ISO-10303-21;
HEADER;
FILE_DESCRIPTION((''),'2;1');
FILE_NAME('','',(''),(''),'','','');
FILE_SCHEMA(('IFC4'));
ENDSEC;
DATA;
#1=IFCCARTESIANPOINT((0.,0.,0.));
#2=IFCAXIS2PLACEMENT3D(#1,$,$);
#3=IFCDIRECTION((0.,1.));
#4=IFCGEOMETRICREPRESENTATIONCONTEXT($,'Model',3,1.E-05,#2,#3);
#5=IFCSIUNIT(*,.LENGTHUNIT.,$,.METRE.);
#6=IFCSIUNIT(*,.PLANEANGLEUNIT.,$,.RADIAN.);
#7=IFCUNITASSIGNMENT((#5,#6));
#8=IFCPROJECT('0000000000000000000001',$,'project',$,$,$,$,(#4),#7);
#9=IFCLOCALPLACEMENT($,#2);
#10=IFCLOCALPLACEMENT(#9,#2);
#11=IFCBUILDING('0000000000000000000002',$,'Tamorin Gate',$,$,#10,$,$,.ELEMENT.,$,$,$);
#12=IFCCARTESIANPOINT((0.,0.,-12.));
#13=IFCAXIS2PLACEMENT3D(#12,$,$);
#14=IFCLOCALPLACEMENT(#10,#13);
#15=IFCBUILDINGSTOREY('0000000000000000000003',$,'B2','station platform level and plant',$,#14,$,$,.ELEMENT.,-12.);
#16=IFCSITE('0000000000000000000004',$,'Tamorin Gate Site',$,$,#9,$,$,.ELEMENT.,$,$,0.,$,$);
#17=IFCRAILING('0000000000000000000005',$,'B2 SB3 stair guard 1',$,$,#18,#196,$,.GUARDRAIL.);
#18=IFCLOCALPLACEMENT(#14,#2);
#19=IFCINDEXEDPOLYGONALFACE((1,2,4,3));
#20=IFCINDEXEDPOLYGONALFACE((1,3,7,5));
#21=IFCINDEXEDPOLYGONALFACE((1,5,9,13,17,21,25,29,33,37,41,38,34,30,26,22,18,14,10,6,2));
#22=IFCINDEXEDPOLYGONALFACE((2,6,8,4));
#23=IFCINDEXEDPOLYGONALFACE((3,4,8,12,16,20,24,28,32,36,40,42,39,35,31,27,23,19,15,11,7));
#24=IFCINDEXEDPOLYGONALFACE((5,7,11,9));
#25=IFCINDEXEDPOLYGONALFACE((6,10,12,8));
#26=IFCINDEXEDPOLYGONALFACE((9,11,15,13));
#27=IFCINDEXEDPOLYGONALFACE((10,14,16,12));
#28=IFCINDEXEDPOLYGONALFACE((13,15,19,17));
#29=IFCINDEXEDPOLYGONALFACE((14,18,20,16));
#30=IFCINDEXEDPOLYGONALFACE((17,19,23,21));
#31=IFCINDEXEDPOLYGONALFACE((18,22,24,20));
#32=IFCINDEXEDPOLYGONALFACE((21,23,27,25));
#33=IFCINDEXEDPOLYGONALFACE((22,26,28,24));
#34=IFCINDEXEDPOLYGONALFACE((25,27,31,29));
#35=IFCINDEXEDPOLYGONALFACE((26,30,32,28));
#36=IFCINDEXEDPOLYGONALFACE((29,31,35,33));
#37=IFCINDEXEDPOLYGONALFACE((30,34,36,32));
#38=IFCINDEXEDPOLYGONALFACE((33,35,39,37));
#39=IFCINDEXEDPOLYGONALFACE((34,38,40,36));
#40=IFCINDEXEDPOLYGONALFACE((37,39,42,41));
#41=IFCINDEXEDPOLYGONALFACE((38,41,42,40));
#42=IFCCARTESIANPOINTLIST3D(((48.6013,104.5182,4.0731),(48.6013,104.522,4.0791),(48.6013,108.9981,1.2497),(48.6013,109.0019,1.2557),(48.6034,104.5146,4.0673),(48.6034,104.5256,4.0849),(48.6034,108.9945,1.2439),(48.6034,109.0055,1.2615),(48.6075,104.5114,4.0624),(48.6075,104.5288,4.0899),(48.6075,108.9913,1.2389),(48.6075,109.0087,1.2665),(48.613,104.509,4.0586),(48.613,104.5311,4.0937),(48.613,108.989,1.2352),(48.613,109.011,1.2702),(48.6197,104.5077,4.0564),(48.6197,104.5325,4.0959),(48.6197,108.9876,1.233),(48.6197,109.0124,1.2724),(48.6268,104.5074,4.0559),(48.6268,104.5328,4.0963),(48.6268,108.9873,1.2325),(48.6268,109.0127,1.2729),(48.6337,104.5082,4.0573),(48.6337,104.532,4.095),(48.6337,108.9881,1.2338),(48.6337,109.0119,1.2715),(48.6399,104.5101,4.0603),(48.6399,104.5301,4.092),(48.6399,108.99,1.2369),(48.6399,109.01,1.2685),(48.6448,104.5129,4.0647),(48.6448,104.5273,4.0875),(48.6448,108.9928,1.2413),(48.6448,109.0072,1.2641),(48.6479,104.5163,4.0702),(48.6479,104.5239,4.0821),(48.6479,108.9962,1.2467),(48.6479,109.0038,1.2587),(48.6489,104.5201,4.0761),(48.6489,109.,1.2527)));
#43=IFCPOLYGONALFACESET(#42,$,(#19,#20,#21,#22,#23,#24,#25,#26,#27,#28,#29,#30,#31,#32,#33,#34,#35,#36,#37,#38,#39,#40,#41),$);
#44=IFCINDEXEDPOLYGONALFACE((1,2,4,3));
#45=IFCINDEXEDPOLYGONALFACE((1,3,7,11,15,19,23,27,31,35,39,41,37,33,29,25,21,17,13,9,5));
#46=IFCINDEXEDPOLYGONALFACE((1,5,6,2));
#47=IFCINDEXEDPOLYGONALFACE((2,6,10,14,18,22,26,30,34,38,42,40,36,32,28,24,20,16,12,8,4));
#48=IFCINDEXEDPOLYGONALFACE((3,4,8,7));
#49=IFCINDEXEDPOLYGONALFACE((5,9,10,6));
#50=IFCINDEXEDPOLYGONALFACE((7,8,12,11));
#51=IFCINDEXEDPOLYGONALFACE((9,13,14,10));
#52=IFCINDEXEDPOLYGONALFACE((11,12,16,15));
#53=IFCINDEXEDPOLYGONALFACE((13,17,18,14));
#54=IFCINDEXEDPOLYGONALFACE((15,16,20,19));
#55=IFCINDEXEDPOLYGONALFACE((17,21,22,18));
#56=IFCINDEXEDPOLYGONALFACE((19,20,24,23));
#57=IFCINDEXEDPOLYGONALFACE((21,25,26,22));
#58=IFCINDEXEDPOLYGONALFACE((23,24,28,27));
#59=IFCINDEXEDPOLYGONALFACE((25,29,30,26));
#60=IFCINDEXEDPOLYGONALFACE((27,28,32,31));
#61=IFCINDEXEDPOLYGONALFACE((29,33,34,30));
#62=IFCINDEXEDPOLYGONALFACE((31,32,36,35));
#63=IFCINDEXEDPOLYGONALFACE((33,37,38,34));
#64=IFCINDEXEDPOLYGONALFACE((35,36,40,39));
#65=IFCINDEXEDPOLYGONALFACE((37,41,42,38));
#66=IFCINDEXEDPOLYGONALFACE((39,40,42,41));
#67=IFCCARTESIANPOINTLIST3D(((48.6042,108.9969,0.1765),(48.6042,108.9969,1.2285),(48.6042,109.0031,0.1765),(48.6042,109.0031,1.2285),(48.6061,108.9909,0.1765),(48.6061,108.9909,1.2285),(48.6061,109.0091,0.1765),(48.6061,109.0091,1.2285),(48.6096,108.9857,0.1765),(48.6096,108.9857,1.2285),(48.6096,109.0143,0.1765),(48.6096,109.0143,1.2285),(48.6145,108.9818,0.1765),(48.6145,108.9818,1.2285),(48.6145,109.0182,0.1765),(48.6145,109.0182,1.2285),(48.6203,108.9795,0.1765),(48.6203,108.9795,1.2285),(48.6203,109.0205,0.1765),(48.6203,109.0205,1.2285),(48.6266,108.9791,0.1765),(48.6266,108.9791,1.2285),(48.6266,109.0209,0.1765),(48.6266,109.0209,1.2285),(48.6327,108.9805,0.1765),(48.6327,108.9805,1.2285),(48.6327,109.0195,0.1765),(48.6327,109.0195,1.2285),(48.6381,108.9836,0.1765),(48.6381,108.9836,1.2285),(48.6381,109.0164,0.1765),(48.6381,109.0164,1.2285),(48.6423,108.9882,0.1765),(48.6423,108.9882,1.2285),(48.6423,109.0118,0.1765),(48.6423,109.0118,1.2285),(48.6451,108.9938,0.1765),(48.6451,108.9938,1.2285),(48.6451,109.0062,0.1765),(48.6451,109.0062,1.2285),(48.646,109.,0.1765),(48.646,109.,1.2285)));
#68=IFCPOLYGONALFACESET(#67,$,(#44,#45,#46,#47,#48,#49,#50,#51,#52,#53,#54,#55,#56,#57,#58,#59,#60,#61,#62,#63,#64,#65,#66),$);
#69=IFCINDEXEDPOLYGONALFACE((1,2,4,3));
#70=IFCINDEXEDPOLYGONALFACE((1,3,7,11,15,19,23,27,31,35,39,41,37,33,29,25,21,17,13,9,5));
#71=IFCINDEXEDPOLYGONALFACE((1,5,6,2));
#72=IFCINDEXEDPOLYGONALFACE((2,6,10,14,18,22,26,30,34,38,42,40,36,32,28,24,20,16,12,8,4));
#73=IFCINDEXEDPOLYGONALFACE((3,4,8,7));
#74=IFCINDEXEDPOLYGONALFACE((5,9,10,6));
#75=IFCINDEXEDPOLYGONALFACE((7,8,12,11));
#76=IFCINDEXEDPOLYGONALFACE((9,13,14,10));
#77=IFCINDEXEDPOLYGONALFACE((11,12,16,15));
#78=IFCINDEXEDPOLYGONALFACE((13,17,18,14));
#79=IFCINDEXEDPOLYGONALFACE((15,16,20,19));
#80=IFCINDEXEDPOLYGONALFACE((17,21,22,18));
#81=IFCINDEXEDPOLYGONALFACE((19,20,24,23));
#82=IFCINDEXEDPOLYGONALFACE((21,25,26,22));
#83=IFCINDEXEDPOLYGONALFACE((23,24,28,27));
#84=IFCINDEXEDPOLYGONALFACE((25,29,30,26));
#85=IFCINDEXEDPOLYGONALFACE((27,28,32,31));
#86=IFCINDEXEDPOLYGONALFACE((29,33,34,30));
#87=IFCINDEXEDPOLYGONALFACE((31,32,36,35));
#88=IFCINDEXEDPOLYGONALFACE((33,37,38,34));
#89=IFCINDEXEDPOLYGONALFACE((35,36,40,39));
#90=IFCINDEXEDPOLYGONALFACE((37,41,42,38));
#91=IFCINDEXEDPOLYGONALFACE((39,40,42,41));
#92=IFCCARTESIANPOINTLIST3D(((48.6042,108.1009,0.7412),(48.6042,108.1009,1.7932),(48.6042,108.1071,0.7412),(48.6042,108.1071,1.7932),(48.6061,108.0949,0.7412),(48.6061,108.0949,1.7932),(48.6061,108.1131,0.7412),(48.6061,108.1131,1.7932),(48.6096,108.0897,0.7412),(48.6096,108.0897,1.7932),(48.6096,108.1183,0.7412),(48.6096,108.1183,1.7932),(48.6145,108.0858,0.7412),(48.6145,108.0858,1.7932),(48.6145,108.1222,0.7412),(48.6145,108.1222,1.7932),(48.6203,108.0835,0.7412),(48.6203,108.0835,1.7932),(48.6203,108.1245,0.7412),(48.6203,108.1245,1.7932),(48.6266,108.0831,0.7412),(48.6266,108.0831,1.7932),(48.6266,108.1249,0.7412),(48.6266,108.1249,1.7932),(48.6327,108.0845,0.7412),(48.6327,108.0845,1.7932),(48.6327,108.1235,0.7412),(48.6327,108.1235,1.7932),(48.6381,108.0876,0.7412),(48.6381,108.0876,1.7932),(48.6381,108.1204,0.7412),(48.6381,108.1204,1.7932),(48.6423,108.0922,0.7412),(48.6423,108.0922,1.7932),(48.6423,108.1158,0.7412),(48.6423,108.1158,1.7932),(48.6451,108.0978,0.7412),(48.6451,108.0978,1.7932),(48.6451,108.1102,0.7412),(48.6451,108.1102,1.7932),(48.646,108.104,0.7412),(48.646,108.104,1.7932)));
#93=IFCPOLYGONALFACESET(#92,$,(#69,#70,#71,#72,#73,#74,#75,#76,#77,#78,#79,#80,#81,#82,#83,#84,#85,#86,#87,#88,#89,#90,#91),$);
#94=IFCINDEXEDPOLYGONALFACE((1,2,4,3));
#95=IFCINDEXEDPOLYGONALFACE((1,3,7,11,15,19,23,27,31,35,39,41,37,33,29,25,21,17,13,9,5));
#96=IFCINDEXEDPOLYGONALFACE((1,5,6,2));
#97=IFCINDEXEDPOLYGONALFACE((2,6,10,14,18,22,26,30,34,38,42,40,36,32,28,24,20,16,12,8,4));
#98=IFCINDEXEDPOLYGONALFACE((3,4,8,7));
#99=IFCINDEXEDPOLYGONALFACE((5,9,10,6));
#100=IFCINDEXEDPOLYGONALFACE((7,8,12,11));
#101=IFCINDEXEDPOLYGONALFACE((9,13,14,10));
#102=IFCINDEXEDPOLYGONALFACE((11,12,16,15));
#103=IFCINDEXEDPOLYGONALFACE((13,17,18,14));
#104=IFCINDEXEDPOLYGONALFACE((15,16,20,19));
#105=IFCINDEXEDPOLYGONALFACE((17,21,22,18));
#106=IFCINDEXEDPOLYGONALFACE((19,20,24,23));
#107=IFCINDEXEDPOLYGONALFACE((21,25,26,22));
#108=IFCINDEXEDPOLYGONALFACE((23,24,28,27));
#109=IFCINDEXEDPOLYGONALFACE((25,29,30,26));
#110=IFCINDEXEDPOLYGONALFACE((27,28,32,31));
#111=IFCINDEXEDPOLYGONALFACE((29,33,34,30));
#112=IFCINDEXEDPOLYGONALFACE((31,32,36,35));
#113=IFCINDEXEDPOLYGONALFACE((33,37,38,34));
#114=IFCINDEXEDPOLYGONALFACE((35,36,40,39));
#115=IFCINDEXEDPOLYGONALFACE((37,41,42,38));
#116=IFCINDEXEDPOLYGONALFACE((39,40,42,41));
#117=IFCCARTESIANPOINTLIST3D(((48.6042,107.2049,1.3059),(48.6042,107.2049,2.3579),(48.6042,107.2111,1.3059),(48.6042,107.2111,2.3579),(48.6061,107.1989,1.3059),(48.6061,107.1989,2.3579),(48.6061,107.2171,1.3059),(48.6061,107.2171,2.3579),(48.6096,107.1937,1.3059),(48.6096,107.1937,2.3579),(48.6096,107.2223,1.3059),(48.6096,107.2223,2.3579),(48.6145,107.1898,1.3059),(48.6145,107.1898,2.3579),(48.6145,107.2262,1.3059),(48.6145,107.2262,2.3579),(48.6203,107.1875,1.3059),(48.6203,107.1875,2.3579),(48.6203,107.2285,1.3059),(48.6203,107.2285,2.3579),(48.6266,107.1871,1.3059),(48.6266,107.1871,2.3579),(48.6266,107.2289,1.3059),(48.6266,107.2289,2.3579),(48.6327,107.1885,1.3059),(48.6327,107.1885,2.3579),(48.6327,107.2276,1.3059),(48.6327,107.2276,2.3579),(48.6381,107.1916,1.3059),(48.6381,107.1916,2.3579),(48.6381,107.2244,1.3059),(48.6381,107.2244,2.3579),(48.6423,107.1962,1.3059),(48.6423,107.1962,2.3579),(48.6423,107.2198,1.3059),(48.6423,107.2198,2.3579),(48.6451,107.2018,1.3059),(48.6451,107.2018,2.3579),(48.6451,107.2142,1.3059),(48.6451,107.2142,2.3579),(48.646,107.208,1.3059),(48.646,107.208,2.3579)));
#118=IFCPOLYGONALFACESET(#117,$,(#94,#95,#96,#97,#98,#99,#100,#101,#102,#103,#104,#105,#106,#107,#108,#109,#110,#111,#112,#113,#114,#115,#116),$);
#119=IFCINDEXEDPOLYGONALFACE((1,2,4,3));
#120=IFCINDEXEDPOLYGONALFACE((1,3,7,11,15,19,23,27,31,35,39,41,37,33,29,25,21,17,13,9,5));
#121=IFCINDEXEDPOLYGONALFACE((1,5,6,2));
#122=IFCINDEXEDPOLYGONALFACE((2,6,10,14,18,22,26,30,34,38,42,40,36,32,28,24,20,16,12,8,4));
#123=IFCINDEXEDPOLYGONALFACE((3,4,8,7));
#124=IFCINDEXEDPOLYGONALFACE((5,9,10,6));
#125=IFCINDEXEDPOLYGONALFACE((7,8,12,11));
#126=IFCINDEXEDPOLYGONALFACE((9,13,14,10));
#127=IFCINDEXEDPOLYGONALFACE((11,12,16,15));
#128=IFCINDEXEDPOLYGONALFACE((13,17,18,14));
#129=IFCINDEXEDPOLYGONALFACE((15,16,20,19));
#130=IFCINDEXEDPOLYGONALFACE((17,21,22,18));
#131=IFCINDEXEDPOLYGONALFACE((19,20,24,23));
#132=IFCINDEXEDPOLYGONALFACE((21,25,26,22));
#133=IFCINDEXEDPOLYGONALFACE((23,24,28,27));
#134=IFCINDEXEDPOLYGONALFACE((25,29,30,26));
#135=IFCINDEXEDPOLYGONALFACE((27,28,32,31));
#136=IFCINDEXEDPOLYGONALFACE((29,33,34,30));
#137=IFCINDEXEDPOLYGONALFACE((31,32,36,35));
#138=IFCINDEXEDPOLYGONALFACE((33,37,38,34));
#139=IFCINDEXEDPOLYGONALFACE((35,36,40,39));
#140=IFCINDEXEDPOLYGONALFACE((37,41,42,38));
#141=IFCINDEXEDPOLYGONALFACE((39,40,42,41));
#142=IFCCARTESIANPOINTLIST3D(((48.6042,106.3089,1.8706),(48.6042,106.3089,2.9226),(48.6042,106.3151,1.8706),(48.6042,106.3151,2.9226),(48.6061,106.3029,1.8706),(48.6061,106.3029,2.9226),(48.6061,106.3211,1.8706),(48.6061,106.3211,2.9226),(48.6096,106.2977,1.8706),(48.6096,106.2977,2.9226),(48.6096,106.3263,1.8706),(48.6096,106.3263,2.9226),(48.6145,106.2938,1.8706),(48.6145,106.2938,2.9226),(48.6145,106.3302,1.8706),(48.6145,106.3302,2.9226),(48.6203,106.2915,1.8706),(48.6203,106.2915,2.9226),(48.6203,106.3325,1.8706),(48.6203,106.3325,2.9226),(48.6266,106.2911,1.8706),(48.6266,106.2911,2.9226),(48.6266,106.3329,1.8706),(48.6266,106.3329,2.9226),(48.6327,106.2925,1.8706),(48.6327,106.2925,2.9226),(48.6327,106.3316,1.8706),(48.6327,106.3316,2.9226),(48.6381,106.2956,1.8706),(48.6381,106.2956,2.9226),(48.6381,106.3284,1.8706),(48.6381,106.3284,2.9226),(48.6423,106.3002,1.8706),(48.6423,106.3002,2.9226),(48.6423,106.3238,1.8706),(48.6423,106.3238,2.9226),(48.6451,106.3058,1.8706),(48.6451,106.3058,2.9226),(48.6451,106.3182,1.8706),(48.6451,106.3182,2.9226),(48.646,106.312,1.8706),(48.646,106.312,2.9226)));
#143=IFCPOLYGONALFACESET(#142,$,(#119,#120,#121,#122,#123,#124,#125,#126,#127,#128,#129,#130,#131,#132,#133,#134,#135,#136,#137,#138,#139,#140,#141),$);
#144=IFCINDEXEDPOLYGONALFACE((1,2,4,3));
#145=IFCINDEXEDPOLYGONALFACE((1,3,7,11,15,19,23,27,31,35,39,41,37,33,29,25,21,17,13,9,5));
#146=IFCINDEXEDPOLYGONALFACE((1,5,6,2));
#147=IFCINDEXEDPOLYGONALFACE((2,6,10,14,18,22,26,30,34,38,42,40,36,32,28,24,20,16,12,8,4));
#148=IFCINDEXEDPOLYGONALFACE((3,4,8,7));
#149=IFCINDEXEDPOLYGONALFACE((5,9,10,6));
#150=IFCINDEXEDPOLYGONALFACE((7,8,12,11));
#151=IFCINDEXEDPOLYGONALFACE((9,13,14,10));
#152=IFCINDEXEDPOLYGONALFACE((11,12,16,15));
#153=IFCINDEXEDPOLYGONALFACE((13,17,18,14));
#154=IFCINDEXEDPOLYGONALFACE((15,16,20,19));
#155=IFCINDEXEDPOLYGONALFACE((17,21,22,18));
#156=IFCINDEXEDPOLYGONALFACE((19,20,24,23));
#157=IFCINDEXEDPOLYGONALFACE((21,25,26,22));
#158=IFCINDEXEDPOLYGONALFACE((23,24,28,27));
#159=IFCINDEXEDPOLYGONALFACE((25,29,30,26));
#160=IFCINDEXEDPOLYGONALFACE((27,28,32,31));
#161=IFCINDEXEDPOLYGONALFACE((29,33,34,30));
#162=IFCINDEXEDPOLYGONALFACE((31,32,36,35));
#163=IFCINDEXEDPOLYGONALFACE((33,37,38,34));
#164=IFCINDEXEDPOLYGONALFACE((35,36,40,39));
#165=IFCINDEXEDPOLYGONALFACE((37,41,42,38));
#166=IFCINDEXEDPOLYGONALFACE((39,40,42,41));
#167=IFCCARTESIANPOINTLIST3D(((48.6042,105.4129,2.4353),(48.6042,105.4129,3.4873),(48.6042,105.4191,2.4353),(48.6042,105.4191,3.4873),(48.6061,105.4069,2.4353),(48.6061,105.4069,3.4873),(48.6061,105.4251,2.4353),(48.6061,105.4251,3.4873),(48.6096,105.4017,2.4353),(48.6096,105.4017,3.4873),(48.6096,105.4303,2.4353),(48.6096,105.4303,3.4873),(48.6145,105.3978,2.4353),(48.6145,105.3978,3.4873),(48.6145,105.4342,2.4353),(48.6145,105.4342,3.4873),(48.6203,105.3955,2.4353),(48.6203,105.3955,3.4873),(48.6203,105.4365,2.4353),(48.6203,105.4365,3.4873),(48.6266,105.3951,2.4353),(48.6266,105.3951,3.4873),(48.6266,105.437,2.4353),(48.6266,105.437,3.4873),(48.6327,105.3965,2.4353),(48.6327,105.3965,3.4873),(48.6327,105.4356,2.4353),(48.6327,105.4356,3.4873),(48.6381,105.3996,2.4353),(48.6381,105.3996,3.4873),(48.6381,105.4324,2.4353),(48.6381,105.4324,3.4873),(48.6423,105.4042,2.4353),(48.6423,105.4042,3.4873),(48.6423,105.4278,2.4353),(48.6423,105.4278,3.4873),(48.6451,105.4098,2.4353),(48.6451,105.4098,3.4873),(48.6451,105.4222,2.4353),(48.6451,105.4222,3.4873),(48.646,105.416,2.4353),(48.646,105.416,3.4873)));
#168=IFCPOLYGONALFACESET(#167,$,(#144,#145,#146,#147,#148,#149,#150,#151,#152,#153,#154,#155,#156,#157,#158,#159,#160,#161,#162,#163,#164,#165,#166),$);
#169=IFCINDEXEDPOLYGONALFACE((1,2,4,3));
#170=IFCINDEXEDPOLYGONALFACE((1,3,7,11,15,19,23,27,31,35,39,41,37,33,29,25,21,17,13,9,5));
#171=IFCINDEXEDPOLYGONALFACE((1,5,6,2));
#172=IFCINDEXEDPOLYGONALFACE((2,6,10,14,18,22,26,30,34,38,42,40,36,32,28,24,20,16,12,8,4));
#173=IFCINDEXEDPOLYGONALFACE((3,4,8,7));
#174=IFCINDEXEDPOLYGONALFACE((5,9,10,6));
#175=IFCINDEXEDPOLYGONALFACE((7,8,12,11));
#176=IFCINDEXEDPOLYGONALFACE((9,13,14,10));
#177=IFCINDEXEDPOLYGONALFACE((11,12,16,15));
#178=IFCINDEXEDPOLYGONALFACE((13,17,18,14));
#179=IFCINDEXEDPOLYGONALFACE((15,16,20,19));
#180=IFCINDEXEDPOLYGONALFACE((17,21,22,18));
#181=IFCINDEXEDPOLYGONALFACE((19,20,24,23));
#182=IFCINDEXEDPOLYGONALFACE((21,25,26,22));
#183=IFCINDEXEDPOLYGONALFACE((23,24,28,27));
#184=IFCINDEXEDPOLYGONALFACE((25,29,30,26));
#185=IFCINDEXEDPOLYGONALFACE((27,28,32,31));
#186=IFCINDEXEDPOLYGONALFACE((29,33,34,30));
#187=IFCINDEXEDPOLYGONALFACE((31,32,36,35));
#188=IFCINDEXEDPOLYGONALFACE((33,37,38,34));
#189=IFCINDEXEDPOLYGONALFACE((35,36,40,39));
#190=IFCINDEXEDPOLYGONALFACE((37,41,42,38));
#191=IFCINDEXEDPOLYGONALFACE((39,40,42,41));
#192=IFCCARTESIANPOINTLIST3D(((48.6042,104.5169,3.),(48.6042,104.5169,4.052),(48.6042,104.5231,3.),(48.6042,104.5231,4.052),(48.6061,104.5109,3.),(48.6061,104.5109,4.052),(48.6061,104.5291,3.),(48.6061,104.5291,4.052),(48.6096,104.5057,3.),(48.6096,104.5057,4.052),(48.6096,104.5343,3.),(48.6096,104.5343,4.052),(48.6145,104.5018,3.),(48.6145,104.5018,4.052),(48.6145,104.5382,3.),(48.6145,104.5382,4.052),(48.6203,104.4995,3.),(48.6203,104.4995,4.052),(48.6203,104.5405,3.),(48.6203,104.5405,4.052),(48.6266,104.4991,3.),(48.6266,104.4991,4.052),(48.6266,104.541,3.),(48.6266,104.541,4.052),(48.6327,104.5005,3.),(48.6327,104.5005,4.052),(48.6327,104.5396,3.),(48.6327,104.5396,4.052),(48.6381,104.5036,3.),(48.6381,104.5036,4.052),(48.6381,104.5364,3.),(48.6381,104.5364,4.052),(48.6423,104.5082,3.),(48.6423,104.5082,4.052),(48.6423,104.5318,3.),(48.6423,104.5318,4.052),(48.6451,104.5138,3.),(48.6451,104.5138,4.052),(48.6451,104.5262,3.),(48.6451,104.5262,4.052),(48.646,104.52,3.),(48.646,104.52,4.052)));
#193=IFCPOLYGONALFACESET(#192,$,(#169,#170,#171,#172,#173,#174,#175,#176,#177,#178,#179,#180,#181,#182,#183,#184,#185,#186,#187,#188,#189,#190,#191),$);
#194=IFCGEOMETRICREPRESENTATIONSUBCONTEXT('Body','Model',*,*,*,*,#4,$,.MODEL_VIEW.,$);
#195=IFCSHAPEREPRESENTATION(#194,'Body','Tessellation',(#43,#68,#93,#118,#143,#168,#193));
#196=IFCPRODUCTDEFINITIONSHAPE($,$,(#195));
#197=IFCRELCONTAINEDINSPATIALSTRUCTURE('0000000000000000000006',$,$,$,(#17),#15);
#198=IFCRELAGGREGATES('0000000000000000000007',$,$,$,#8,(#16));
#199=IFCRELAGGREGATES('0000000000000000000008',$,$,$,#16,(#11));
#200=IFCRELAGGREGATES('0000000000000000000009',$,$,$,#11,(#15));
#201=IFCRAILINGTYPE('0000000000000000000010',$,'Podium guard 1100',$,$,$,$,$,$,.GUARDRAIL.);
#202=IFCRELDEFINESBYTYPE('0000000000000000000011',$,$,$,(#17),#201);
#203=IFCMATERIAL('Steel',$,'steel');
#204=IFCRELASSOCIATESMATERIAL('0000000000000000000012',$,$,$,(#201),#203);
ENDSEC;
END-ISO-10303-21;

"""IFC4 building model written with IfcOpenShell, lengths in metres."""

from ifc_helpers import new_model, si_unit, direction, frame, origin, origin_2d, place, context, subcontext, project, spatial, circle, extrude, material, type_object, element, save


model = new_model("IFC4")

# Units and contexts
model_context = context("Model", 3, precision=1e-05, world=origin(), true_north=direction((0.0, 1.0)))
body_context = subcontext(model_context, "Body", "Model", "MODEL_VIEW")
ifc_project = project(units=[si_unit("LENGTHUNIT", "METRE"), si_unit("PLANEANGLEUNIT", "RADIAN")], contexts=[model_context])

# Site, building, storey
site_placement = place(None, origin())
site = spatial("IfcSite", under=ifc_project, at=site_placement, Name="Tamorin Gate Site", CompositionType="ELEMENT", RefElevation=0.0)
building_placement = place(site_placement, origin())
building = spatial("IfcBuilding", under=site, at=building_placement, Name="Tamorin Gate", CompositionType="ELEMENT")
storey_placement = place(building_placement, frame((0.0, 0.0, -12.0)))
storey = spatial("IfcBuildingStorey", under=building, at=storey_placement, Name="B2", Description="station platform level and plant", CompositionType="ELEMENT", Elevation=-12.0)

# Railing
ifc_material_1 = material(Name="Steel", Category="steel")
railing_type_1 = type_object("IfcRailingType", Name="Podium guard 1100", PredefinedType="GUARDRAIL", material=ifc_material_1)
railing_1_placement = place(storey_placement, frame((48.625, 109.0, 0.1765)))
element("IfcRailing", 1, at=railing_1_placement, inside=storey, type_object=railing_type_1, Name="B2 SB3 stair guard 1", PredefinedType="GUARDRAIL", context=body_context, shape_type="SweptSolid", body=[
    extrude(circle(Radius=0.0239, at=origin_2d()), frame((0.0, 0.0, 1.0762), z_axis=(0.0, -0.845998, 0.533186), x_axis=(1.0, 0.0, 0.0)), (0.0, 0.0, 1.0), 5.2954),
    extrude(circle(Radius=0.021, at=origin_2d()), origin(), (0.0, 0.0, 1.0), 1.052),
    extrude(circle(Radius=0.021, at=origin_2d()), frame((0.0, -0.896, 0.5647)), (0.0, 0.0, 1.0), 1.052),
    extrude(circle(Radius=0.021, at=origin_2d()), frame((0.0, -1.792, 1.1294)), (0.0, 0.0, 1.0), 1.052),
    extrude(circle(Radius=0.021, at=origin_2d()), frame((0.0, -2.688, 1.6941)), (0.0, 0.0, 1.0), 1.052),
    extrude(circle(Radius=0.021, at=origin_2d()), frame((0.0, -3.584, 2.2588)), (0.0, 0.0, 1.0), 1.052),
    extrude(circle(Radius=0.021, at=origin_2d()), frame((0.0, -4.48, 2.8235)), (0.0, 0.0, 1.0), 1.052),
])

save(model, "model.ifc")
